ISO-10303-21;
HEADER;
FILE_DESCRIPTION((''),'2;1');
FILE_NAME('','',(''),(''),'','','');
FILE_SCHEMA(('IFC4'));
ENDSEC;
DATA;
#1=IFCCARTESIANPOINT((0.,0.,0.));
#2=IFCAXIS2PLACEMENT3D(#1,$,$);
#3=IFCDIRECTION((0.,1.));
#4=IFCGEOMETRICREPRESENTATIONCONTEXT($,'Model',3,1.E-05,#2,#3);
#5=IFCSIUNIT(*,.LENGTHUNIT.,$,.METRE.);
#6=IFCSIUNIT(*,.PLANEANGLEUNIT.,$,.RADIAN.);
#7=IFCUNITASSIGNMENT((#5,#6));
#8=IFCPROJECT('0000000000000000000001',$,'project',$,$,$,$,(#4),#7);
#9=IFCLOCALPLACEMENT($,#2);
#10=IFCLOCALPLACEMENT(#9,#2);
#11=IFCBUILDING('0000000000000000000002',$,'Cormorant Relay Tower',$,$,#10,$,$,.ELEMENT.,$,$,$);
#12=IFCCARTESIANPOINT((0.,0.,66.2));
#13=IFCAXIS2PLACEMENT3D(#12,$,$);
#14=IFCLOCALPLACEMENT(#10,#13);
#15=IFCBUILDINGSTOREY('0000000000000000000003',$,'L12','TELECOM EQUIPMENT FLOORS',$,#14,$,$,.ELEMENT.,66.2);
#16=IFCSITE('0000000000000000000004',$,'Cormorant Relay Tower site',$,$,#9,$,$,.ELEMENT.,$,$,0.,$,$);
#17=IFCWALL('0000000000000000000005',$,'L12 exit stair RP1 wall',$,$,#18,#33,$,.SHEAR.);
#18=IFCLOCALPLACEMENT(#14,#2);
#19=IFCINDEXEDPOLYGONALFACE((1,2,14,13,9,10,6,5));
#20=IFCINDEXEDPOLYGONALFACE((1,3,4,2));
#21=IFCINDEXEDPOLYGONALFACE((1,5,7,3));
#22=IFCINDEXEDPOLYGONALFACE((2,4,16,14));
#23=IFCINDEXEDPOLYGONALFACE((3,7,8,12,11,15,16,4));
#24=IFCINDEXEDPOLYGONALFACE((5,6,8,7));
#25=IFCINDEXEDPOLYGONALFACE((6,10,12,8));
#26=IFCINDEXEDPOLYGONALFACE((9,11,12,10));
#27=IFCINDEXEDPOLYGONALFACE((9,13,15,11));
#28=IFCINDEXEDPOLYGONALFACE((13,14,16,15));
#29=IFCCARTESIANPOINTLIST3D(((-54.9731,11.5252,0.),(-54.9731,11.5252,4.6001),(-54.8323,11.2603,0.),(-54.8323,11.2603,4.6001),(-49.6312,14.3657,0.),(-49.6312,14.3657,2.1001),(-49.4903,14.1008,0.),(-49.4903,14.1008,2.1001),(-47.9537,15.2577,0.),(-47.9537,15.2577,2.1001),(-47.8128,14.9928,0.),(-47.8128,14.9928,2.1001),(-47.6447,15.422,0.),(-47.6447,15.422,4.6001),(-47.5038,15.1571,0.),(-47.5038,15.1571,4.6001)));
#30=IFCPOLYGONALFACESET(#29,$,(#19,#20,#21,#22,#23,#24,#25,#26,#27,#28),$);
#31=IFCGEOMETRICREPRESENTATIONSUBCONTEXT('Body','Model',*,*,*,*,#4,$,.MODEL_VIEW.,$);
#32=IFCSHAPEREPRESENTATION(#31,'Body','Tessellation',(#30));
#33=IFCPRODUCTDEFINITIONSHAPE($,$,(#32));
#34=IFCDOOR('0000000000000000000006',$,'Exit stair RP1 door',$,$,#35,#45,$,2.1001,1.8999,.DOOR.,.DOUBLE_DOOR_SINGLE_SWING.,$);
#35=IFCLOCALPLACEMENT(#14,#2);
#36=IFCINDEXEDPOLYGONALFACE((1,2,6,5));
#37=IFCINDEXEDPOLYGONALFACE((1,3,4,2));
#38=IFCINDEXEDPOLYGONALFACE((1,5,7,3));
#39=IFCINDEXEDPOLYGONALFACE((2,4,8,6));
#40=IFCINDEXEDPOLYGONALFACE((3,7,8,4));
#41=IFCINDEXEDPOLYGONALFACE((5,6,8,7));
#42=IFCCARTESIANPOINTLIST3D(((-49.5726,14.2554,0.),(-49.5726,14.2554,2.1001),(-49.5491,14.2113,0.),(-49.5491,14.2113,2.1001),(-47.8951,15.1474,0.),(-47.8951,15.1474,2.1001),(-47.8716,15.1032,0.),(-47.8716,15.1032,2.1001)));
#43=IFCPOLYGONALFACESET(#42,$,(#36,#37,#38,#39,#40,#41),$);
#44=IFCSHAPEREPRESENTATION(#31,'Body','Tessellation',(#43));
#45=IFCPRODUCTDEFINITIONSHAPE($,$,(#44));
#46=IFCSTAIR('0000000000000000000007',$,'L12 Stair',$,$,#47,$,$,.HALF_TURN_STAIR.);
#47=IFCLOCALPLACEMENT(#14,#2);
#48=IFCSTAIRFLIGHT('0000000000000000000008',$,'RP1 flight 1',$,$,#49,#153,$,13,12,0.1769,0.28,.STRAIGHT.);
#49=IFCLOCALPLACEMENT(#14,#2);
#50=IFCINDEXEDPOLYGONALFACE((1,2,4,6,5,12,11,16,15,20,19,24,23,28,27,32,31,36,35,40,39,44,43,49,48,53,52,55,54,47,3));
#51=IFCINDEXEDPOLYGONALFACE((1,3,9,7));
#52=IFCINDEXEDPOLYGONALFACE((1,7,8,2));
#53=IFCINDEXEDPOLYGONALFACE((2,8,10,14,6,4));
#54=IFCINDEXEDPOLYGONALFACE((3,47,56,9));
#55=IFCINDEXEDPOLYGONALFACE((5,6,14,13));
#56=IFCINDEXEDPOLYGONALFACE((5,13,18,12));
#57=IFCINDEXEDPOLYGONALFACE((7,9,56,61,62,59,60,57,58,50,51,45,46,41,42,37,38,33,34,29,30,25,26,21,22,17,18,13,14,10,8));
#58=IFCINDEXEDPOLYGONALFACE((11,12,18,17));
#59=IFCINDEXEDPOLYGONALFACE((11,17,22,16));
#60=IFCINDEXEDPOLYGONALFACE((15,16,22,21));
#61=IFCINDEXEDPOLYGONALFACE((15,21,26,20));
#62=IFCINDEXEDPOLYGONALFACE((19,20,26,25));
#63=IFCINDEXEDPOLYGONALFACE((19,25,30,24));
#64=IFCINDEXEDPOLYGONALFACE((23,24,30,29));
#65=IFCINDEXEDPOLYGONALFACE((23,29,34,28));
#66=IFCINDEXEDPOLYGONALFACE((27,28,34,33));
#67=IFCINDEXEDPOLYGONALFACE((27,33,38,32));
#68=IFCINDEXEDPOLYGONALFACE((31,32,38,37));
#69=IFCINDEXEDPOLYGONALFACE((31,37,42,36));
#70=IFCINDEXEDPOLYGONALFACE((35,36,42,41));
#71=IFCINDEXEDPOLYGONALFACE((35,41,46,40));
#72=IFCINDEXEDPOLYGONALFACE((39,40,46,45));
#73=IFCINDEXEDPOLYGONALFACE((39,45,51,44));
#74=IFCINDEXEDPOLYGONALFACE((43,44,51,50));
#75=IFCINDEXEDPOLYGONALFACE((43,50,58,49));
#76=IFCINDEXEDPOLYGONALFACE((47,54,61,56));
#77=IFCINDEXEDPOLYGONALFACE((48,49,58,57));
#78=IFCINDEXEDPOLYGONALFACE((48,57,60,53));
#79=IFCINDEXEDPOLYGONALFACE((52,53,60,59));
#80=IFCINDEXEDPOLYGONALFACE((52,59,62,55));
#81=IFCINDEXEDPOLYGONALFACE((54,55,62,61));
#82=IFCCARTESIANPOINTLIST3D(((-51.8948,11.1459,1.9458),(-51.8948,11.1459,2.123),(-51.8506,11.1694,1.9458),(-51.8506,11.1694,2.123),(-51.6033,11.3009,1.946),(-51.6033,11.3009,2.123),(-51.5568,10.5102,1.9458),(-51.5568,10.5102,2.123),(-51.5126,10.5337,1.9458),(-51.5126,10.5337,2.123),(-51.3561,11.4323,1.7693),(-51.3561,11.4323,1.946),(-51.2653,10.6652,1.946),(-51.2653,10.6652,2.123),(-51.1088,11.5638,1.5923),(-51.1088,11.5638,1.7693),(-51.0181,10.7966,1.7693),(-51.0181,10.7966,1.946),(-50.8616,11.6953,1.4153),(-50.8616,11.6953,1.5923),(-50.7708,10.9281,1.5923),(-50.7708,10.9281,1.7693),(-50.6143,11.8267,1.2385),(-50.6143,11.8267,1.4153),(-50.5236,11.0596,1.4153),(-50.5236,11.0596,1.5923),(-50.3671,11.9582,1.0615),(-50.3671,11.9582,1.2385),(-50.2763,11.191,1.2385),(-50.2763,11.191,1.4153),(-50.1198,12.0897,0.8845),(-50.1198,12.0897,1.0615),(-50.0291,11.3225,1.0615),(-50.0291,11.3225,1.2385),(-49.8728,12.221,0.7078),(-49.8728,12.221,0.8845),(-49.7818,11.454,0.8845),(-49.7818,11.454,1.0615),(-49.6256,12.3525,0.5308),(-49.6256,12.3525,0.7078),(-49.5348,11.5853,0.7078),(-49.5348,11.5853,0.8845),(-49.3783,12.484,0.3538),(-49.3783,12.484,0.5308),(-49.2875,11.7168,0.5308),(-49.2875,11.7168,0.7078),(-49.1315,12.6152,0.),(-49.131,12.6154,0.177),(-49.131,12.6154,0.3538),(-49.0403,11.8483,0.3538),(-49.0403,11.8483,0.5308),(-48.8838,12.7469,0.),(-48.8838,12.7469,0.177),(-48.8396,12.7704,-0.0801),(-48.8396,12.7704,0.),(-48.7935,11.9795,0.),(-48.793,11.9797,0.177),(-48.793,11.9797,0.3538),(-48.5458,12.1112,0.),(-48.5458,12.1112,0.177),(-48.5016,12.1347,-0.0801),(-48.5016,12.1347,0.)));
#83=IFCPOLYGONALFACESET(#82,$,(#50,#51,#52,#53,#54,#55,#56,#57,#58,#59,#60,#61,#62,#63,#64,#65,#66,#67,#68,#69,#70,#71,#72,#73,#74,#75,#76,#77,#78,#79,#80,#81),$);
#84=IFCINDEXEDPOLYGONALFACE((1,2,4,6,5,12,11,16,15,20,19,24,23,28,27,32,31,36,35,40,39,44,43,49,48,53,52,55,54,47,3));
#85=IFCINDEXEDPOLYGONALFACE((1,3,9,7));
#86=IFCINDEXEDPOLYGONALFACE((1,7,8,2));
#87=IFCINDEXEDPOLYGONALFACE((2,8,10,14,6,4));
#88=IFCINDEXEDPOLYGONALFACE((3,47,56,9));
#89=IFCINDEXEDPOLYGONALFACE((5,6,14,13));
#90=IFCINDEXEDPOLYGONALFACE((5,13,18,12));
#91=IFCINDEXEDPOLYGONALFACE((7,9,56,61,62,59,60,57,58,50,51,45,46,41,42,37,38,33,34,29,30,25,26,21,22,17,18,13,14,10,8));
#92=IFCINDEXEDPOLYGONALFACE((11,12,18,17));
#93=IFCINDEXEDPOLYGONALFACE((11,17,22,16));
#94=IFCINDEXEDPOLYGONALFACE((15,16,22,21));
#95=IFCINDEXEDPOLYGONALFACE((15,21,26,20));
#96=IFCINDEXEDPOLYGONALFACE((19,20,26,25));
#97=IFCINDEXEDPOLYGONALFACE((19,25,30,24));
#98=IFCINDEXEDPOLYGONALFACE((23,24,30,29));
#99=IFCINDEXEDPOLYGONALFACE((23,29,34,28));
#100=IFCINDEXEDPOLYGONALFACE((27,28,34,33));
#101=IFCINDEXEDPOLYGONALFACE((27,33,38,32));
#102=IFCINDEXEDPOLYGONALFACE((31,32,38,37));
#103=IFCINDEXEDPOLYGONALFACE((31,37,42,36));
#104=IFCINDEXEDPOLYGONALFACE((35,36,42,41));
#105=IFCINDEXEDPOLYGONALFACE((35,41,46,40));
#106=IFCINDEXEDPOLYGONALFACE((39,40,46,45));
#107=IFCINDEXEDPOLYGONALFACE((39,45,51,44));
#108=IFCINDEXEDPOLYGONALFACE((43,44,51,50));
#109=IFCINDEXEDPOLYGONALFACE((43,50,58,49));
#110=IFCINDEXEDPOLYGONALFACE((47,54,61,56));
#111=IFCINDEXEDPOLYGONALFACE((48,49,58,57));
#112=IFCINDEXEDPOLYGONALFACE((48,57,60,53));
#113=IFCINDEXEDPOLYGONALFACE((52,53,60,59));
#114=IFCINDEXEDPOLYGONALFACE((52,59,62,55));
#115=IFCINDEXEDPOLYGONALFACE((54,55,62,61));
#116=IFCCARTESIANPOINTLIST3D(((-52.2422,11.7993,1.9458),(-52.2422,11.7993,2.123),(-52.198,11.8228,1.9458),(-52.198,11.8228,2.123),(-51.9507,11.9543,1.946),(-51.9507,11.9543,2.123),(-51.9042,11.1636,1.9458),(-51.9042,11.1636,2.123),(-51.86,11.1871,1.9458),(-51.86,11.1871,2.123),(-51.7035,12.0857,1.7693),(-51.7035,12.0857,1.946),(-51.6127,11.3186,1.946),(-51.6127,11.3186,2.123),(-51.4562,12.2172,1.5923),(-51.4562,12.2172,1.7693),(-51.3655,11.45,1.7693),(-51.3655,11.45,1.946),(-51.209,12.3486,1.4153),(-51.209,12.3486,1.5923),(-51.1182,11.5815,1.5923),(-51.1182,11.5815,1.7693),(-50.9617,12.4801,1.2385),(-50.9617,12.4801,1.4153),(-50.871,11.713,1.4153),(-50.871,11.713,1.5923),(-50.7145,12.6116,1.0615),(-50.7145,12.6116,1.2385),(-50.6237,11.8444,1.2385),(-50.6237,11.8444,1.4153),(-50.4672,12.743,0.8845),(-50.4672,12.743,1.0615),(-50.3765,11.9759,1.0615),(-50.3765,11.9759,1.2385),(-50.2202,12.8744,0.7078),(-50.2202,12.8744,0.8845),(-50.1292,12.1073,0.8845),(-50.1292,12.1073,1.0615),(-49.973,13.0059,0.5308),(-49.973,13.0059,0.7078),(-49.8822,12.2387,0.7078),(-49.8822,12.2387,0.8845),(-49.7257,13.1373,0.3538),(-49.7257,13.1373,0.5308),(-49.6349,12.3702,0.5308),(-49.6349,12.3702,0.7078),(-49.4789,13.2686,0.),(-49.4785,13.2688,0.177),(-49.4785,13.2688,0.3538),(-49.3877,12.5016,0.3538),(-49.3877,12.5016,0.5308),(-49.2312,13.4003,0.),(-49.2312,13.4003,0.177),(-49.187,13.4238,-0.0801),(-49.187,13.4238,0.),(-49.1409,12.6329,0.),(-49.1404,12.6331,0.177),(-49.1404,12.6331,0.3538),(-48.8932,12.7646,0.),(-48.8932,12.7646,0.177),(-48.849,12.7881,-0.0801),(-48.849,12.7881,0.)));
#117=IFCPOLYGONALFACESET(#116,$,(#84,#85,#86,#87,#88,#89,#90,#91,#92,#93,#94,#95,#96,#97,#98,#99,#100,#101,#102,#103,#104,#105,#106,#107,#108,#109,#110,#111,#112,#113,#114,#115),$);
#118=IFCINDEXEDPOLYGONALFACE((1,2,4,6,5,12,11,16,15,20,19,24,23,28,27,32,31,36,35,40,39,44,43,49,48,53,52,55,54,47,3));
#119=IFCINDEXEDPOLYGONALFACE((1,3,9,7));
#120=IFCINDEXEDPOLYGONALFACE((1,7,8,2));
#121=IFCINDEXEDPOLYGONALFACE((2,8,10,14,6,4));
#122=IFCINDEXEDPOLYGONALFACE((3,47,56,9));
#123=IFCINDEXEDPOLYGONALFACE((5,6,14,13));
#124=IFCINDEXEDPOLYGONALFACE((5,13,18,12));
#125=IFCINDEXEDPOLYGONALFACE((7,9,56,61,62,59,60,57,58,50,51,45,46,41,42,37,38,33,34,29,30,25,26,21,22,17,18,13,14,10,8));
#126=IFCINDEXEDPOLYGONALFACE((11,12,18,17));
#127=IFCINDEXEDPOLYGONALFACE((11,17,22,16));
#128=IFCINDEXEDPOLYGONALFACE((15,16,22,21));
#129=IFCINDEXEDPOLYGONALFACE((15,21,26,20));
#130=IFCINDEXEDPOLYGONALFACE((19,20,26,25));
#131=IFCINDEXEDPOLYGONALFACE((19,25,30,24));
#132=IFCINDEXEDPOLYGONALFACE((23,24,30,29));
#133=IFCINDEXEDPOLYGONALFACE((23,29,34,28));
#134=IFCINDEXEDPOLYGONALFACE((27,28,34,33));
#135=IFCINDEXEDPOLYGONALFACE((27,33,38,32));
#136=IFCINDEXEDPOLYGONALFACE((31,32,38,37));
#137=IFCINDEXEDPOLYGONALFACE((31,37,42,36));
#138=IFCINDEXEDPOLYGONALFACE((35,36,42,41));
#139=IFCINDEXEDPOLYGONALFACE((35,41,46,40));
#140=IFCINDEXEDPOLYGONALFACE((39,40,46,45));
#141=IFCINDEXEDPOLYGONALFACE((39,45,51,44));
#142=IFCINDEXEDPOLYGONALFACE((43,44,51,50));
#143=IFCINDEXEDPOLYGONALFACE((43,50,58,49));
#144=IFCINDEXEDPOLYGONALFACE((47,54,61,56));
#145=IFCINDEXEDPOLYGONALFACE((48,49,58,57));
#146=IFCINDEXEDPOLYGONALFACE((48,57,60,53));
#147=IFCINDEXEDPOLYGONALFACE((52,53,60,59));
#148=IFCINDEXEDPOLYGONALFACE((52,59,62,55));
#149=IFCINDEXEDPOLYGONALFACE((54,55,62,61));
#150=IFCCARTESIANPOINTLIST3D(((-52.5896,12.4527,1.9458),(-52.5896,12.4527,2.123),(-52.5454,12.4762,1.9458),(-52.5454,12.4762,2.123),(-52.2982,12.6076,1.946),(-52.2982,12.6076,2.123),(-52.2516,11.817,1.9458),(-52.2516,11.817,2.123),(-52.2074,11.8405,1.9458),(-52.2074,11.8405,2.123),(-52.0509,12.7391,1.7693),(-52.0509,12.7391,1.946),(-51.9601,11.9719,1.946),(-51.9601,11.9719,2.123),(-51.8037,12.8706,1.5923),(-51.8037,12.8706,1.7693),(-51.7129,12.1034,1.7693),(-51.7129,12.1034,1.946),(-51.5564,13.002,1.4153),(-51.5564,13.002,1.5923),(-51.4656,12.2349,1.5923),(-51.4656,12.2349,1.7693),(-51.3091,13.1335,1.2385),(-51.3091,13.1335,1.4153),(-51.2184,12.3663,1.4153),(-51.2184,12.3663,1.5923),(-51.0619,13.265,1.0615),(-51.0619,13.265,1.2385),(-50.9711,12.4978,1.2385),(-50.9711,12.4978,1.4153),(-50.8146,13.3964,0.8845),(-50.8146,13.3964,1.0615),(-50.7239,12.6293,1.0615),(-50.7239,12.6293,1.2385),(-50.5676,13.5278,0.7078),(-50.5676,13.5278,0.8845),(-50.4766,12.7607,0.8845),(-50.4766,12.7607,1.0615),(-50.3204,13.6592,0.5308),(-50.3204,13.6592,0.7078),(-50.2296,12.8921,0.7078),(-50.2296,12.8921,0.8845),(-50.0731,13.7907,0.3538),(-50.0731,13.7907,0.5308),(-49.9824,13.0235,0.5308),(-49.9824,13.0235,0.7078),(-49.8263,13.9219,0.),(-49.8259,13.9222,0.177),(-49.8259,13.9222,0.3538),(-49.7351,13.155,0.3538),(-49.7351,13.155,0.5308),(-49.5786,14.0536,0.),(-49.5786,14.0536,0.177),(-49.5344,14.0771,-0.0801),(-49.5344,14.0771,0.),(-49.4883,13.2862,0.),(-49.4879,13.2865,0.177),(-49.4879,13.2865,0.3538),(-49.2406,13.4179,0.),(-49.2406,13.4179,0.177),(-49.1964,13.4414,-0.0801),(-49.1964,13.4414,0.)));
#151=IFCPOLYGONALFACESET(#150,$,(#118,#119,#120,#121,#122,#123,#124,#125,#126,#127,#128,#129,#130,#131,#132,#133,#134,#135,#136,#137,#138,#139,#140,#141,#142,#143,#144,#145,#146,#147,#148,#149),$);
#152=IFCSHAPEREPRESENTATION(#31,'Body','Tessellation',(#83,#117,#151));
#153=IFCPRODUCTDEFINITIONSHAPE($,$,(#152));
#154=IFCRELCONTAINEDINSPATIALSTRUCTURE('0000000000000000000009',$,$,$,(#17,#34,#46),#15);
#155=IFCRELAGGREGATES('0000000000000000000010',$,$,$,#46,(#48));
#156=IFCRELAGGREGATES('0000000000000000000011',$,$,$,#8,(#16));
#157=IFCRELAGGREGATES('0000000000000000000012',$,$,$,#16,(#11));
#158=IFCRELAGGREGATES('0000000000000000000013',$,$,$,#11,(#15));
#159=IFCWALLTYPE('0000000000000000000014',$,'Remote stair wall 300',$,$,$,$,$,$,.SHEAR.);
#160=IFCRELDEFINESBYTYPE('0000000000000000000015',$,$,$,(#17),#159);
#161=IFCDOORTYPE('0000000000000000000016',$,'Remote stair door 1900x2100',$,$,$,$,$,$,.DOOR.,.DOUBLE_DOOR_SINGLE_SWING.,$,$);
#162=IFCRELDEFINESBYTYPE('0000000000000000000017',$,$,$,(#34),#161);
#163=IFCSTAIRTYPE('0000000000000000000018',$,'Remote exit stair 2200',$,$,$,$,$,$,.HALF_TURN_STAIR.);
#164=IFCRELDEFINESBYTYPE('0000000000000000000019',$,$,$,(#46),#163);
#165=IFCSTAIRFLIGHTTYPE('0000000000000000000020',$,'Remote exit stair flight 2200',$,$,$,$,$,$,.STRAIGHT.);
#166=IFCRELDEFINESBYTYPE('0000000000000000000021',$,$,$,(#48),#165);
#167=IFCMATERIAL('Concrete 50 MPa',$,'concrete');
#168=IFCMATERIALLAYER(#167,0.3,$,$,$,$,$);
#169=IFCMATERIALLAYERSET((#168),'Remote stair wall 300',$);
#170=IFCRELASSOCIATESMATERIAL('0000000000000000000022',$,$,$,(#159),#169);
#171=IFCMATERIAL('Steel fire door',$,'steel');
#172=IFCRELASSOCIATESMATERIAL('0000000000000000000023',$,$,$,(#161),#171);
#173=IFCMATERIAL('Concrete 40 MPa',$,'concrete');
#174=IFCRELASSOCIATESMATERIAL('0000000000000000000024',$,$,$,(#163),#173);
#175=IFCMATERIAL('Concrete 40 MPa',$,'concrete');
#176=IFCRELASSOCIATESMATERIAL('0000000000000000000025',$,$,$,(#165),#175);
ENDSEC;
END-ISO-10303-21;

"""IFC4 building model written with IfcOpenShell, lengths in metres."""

from ifc_helpers import new_model, si_unit, direction, frame, frame_2d, origin, place, context, subcontext, project, spatial, polyline, rectangle, outline, extrude, material, layer, layer_set, type_object, element, fill, aggregate, save


model = new_model("IFC4")

# Units and contexts
model_context = context("Model", 3, precision=1e-05, world=origin(), true_north=direction((0.0, 1.0)))
body_context = subcontext(model_context, "Body", "Model", "MODEL_VIEW")
ifc_project = project(units=[si_unit("LENGTHUNIT", "METRE"), si_unit("PLANEANGLEUNIT", "RADIAN")], contexts=[model_context])

# Site, building, storey
site_placement = place(None, origin())
site = spatial("IfcSite", under=ifc_project, at=site_placement, Name="Cormorant Relay Tower site", CompositionType="ELEMENT", RefElevation=0.0)
building_placement = place(site_placement, origin())
building = spatial("IfcBuilding", under=site, at=building_placement, Name="Cormorant Relay Tower", CompositionType="ELEMENT")
storey_placement = place(building_placement, frame((0.0, 0.0, 66.2)))
storey = spatial("IfcBuildingStorey", under=building, at=storey_placement, Name="L12", Description="TELECOM EQUIPMENT FLOORS", CompositionType="ELEMENT", Elevation=66.2)

# Shared definitions
ifc_material_1 = material(Name="Concrete 50 MPa", Category="concrete")
ifc_layer_1 = layer(ifc_material_1, 0.3)
ifc_layer_set_1 = layer_set([ifc_layer_1], Name="Remote stair wall 300")
wall_type_1 = type_object("IfcWallType", Name="Remote stair wall 300", PredefinedType="SHEAR", material=ifc_layer_set_1)

# Wall, opening, door
wall_1_placement = place(storey_placement, frame((-54.9026, 11.3928, 0.0), z_axis=(0.0, 0.0, 1.0), x_axis=(0.882939, 0.469487, 0.0)))
wall_1 = element("IfcWall", 1, at=wall_1_placement, inside=storey, type_object=wall_type_1, Name="L12 exit stair RP1 wall", PredefinedType="SHEAR", context=body_context, shape_type="SweptSolid", body=[
    extrude(rectangle(XDim=8.3, YDim=0.3, at=frame_2d((4.1499, 0.0))), origin(), (0.0, 0.0, 1.0), 4.6001),
])
opening_1_placement = place(wall_1_placement, frame((6.05, 0.0, 0.0)))
opening_1 = element("IfcOpeningElement", 2, at=opening_1_placement, cuts=wall_1, PredefinedType="OPENING", context=body_context, shape_type="SweptSolid", body=[
    extrude(rectangle(XDim=1.8999, YDim=2.1001, at=frame_2d((0.95, 1.05))), frame((0.0, 0.1599, 0.0), z_axis=(0.0, -1.0, 0.0), x_axis=(1.0, 0.0, 0.0)), (0.0, 0.0, 1.0), 0.3201),
])
ifc_material_2 = material(Name="Steel fire door", Category="steel")
door_type_1 = type_object("IfcDoorType", Name="Remote stair door 1900x2100", OperationType="DOUBLE_DOOR_SINGLE_SWING", PredefinedType="DOOR", material=ifc_material_2)
door_1_placement = place(opening_1_placement, frame((1.8999, 0.0, 0.0), z_axis=(0.0, 0.0, 1.0), x_axis=(-1.0, 0.0, 0.0)))
door_1 = element("IfcDoor", 3, at=door_1_placement, inside=storey, type_object=door_type_1, Name="Exit stair RP1 door", OperationType="DOUBLE_DOOR_SINGLE_SWING", OverallHeight=2.1001, OverallWidth=1.8999, PredefinedType="DOOR", context=body_context, shape_type="SweptSolid", body=[
    extrude(rectangle(XDim=1.8999, YDim=2.1001, at=frame_2d((0.95, 1.05))), frame((0.0, 0.0249, 0.0), z_axis=(0.0, -1.0, 0.0), x_axis=(1.0, 0.0, 0.0)), (0.0, 0.0, 1.0), 0.05),
])
fill(opening_1, door_1)

# Stair, stair flight
ifc_material_3 = material(Name="Concrete 40 MPa", Category="concrete")
stair_type = type_object("IfcStairType", Name="Remote exit stair 2200", PredefinedType="HALF_TURN_STAIR", material=ifc_material_3)
stair_placement = place(storey_placement, origin())
stair = element("IfcStair", 4, at=stair_placement, inside=storey, type_object=stair_type, Name="L12 Stair", PredefinedType="HALF_TURN_STAIR")
ifc_material_4 = material(Name="Concrete 40 MPa", Category="concrete")
stair_flight_type = type_object("IfcStairFlightType", Name="Remote exit stair flight 2200", PredefinedType="STRAIGHT", material=ifc_material_4)
stair_flight_1_placement = place(storey_placement, frame((-49.0623, 13.0825, 0.0), z_axis=(0.0, 0.0, 1.0), x_axis=(-0.882948, -0.469472, 0.0)))
stair_flight_1 = element("IfcStairFlight", 5, at=stair_flight_1_placement, type_object=stair_flight_type, Name="RP1 flight 1", NumberOfRisers=13, NumberOfTreads=12, PredefinedType="STRAIGHT", RiserHeight=0.1769, TreadLength=0.28, context=body_context, shape_type="SweptSolid", body=[
    extrude(outline(polyline([(-0.05, -0.0801), (-0.05, 0.0), (0.0, 0.0), (0.0, 0.177), (0.28, 0.177), (0.28, 0.3538), (0.5601, 0.3538), (0.5601, 0.5308), (0.8401, 0.5308), (0.8401, 0.7078), (1.1201, 0.7078), (1.1201, 0.8845), (1.3999, 0.8845), (1.3999, 1.0615), (1.6799, 1.0615), (1.6799, 1.2385), (1.96, 1.2385), (1.96, 1.4153), (2.24, 1.4153), (2.24, 1.5923), (2.52, 1.5923), (2.52, 1.7693), (2.8, 1.7693), (2.8, 1.946), (3.0801, 1.946), (3.0801, 2.123), (3.3601, 2.123), (3.4102, 2.123), (3.4102, 1.9458), (3.3601, 1.9458), (0.2805, 0.0), (-0.05, -0.0801)])), frame((0.0, 1.1001, 0.0), z_axis=(0.0, -1.0, 0.0), x_axis=(1.0, 0.0, 0.0)), (0.0, 0.0, 1.0), 0.72),
    extrude(outline(polyline([(-0.05, -0.0801), (-0.05, 0.0), (0.0, 0.0), (0.0, 0.177), (0.28, 0.177), (0.28, 0.3538), (0.5601, 0.3538), (0.5601, 0.5308), (0.8401, 0.5308), (0.8401, 0.7078), (1.1201, 0.7078), (1.1201, 0.8845), (1.3999, 0.8845), (1.3999, 1.0615), (1.6799, 1.0615), (1.6799, 1.2385), (1.96, 1.2385), (1.96, 1.4153), (2.24, 1.4153), (2.24, 1.5923), (2.52, 1.5923), (2.52, 1.7693), (2.8, 1.7693), (2.8, 1.946), (3.0801, 1.946), (3.0801, 2.123), (3.3601, 2.123), (3.4102, 2.123), (3.4102, 1.9458), (3.3601, 1.9458), (0.2805, 0.0), (-0.05, -0.0801)])), frame((0.0, 0.3601, 0.0), z_axis=(0.0, -1.0, 0.0), x_axis=(1.0, 0.0, 0.0)), (0.0, 0.0, 1.0), 0.72),
    extrude(outline(polyline([(-0.05, -0.0801), (-0.05, 0.0), (0.0, 0.0), (0.0, 0.177), (0.28, 0.177), (0.28, 0.3538), (0.5601, 0.3538), (0.5601, 0.5308), (0.8401, 0.5308), (0.8401, 0.7078), (1.1201, 0.7078), (1.1201, 0.8845), (1.3999, 0.8845), (1.3999, 1.0615), (1.6799, 1.0615), (1.6799, 1.2385), (1.96, 1.2385), (1.96, 1.4153), (2.24, 1.4153), (2.24, 1.5923), (2.52, 1.5923), (2.52, 1.7693), (2.8, 1.7693), (2.8, 1.946), (3.0801, 1.946), (3.0801, 2.123), (3.3601, 2.123), (3.4102, 2.123), (3.4102, 1.9458), (3.3601, 1.9458), (0.2805, 0.0), (-0.05, -0.0801)])), frame((0.0, -0.3799, 0.0), z_axis=(0.0, -1.0, 0.0), x_axis=(1.0, 0.0, 0.0)), (0.0, 0.0, 1.0), 0.72),
])
aggregate(stair, [stair_flight_1])

save(model, "model.ifc")
